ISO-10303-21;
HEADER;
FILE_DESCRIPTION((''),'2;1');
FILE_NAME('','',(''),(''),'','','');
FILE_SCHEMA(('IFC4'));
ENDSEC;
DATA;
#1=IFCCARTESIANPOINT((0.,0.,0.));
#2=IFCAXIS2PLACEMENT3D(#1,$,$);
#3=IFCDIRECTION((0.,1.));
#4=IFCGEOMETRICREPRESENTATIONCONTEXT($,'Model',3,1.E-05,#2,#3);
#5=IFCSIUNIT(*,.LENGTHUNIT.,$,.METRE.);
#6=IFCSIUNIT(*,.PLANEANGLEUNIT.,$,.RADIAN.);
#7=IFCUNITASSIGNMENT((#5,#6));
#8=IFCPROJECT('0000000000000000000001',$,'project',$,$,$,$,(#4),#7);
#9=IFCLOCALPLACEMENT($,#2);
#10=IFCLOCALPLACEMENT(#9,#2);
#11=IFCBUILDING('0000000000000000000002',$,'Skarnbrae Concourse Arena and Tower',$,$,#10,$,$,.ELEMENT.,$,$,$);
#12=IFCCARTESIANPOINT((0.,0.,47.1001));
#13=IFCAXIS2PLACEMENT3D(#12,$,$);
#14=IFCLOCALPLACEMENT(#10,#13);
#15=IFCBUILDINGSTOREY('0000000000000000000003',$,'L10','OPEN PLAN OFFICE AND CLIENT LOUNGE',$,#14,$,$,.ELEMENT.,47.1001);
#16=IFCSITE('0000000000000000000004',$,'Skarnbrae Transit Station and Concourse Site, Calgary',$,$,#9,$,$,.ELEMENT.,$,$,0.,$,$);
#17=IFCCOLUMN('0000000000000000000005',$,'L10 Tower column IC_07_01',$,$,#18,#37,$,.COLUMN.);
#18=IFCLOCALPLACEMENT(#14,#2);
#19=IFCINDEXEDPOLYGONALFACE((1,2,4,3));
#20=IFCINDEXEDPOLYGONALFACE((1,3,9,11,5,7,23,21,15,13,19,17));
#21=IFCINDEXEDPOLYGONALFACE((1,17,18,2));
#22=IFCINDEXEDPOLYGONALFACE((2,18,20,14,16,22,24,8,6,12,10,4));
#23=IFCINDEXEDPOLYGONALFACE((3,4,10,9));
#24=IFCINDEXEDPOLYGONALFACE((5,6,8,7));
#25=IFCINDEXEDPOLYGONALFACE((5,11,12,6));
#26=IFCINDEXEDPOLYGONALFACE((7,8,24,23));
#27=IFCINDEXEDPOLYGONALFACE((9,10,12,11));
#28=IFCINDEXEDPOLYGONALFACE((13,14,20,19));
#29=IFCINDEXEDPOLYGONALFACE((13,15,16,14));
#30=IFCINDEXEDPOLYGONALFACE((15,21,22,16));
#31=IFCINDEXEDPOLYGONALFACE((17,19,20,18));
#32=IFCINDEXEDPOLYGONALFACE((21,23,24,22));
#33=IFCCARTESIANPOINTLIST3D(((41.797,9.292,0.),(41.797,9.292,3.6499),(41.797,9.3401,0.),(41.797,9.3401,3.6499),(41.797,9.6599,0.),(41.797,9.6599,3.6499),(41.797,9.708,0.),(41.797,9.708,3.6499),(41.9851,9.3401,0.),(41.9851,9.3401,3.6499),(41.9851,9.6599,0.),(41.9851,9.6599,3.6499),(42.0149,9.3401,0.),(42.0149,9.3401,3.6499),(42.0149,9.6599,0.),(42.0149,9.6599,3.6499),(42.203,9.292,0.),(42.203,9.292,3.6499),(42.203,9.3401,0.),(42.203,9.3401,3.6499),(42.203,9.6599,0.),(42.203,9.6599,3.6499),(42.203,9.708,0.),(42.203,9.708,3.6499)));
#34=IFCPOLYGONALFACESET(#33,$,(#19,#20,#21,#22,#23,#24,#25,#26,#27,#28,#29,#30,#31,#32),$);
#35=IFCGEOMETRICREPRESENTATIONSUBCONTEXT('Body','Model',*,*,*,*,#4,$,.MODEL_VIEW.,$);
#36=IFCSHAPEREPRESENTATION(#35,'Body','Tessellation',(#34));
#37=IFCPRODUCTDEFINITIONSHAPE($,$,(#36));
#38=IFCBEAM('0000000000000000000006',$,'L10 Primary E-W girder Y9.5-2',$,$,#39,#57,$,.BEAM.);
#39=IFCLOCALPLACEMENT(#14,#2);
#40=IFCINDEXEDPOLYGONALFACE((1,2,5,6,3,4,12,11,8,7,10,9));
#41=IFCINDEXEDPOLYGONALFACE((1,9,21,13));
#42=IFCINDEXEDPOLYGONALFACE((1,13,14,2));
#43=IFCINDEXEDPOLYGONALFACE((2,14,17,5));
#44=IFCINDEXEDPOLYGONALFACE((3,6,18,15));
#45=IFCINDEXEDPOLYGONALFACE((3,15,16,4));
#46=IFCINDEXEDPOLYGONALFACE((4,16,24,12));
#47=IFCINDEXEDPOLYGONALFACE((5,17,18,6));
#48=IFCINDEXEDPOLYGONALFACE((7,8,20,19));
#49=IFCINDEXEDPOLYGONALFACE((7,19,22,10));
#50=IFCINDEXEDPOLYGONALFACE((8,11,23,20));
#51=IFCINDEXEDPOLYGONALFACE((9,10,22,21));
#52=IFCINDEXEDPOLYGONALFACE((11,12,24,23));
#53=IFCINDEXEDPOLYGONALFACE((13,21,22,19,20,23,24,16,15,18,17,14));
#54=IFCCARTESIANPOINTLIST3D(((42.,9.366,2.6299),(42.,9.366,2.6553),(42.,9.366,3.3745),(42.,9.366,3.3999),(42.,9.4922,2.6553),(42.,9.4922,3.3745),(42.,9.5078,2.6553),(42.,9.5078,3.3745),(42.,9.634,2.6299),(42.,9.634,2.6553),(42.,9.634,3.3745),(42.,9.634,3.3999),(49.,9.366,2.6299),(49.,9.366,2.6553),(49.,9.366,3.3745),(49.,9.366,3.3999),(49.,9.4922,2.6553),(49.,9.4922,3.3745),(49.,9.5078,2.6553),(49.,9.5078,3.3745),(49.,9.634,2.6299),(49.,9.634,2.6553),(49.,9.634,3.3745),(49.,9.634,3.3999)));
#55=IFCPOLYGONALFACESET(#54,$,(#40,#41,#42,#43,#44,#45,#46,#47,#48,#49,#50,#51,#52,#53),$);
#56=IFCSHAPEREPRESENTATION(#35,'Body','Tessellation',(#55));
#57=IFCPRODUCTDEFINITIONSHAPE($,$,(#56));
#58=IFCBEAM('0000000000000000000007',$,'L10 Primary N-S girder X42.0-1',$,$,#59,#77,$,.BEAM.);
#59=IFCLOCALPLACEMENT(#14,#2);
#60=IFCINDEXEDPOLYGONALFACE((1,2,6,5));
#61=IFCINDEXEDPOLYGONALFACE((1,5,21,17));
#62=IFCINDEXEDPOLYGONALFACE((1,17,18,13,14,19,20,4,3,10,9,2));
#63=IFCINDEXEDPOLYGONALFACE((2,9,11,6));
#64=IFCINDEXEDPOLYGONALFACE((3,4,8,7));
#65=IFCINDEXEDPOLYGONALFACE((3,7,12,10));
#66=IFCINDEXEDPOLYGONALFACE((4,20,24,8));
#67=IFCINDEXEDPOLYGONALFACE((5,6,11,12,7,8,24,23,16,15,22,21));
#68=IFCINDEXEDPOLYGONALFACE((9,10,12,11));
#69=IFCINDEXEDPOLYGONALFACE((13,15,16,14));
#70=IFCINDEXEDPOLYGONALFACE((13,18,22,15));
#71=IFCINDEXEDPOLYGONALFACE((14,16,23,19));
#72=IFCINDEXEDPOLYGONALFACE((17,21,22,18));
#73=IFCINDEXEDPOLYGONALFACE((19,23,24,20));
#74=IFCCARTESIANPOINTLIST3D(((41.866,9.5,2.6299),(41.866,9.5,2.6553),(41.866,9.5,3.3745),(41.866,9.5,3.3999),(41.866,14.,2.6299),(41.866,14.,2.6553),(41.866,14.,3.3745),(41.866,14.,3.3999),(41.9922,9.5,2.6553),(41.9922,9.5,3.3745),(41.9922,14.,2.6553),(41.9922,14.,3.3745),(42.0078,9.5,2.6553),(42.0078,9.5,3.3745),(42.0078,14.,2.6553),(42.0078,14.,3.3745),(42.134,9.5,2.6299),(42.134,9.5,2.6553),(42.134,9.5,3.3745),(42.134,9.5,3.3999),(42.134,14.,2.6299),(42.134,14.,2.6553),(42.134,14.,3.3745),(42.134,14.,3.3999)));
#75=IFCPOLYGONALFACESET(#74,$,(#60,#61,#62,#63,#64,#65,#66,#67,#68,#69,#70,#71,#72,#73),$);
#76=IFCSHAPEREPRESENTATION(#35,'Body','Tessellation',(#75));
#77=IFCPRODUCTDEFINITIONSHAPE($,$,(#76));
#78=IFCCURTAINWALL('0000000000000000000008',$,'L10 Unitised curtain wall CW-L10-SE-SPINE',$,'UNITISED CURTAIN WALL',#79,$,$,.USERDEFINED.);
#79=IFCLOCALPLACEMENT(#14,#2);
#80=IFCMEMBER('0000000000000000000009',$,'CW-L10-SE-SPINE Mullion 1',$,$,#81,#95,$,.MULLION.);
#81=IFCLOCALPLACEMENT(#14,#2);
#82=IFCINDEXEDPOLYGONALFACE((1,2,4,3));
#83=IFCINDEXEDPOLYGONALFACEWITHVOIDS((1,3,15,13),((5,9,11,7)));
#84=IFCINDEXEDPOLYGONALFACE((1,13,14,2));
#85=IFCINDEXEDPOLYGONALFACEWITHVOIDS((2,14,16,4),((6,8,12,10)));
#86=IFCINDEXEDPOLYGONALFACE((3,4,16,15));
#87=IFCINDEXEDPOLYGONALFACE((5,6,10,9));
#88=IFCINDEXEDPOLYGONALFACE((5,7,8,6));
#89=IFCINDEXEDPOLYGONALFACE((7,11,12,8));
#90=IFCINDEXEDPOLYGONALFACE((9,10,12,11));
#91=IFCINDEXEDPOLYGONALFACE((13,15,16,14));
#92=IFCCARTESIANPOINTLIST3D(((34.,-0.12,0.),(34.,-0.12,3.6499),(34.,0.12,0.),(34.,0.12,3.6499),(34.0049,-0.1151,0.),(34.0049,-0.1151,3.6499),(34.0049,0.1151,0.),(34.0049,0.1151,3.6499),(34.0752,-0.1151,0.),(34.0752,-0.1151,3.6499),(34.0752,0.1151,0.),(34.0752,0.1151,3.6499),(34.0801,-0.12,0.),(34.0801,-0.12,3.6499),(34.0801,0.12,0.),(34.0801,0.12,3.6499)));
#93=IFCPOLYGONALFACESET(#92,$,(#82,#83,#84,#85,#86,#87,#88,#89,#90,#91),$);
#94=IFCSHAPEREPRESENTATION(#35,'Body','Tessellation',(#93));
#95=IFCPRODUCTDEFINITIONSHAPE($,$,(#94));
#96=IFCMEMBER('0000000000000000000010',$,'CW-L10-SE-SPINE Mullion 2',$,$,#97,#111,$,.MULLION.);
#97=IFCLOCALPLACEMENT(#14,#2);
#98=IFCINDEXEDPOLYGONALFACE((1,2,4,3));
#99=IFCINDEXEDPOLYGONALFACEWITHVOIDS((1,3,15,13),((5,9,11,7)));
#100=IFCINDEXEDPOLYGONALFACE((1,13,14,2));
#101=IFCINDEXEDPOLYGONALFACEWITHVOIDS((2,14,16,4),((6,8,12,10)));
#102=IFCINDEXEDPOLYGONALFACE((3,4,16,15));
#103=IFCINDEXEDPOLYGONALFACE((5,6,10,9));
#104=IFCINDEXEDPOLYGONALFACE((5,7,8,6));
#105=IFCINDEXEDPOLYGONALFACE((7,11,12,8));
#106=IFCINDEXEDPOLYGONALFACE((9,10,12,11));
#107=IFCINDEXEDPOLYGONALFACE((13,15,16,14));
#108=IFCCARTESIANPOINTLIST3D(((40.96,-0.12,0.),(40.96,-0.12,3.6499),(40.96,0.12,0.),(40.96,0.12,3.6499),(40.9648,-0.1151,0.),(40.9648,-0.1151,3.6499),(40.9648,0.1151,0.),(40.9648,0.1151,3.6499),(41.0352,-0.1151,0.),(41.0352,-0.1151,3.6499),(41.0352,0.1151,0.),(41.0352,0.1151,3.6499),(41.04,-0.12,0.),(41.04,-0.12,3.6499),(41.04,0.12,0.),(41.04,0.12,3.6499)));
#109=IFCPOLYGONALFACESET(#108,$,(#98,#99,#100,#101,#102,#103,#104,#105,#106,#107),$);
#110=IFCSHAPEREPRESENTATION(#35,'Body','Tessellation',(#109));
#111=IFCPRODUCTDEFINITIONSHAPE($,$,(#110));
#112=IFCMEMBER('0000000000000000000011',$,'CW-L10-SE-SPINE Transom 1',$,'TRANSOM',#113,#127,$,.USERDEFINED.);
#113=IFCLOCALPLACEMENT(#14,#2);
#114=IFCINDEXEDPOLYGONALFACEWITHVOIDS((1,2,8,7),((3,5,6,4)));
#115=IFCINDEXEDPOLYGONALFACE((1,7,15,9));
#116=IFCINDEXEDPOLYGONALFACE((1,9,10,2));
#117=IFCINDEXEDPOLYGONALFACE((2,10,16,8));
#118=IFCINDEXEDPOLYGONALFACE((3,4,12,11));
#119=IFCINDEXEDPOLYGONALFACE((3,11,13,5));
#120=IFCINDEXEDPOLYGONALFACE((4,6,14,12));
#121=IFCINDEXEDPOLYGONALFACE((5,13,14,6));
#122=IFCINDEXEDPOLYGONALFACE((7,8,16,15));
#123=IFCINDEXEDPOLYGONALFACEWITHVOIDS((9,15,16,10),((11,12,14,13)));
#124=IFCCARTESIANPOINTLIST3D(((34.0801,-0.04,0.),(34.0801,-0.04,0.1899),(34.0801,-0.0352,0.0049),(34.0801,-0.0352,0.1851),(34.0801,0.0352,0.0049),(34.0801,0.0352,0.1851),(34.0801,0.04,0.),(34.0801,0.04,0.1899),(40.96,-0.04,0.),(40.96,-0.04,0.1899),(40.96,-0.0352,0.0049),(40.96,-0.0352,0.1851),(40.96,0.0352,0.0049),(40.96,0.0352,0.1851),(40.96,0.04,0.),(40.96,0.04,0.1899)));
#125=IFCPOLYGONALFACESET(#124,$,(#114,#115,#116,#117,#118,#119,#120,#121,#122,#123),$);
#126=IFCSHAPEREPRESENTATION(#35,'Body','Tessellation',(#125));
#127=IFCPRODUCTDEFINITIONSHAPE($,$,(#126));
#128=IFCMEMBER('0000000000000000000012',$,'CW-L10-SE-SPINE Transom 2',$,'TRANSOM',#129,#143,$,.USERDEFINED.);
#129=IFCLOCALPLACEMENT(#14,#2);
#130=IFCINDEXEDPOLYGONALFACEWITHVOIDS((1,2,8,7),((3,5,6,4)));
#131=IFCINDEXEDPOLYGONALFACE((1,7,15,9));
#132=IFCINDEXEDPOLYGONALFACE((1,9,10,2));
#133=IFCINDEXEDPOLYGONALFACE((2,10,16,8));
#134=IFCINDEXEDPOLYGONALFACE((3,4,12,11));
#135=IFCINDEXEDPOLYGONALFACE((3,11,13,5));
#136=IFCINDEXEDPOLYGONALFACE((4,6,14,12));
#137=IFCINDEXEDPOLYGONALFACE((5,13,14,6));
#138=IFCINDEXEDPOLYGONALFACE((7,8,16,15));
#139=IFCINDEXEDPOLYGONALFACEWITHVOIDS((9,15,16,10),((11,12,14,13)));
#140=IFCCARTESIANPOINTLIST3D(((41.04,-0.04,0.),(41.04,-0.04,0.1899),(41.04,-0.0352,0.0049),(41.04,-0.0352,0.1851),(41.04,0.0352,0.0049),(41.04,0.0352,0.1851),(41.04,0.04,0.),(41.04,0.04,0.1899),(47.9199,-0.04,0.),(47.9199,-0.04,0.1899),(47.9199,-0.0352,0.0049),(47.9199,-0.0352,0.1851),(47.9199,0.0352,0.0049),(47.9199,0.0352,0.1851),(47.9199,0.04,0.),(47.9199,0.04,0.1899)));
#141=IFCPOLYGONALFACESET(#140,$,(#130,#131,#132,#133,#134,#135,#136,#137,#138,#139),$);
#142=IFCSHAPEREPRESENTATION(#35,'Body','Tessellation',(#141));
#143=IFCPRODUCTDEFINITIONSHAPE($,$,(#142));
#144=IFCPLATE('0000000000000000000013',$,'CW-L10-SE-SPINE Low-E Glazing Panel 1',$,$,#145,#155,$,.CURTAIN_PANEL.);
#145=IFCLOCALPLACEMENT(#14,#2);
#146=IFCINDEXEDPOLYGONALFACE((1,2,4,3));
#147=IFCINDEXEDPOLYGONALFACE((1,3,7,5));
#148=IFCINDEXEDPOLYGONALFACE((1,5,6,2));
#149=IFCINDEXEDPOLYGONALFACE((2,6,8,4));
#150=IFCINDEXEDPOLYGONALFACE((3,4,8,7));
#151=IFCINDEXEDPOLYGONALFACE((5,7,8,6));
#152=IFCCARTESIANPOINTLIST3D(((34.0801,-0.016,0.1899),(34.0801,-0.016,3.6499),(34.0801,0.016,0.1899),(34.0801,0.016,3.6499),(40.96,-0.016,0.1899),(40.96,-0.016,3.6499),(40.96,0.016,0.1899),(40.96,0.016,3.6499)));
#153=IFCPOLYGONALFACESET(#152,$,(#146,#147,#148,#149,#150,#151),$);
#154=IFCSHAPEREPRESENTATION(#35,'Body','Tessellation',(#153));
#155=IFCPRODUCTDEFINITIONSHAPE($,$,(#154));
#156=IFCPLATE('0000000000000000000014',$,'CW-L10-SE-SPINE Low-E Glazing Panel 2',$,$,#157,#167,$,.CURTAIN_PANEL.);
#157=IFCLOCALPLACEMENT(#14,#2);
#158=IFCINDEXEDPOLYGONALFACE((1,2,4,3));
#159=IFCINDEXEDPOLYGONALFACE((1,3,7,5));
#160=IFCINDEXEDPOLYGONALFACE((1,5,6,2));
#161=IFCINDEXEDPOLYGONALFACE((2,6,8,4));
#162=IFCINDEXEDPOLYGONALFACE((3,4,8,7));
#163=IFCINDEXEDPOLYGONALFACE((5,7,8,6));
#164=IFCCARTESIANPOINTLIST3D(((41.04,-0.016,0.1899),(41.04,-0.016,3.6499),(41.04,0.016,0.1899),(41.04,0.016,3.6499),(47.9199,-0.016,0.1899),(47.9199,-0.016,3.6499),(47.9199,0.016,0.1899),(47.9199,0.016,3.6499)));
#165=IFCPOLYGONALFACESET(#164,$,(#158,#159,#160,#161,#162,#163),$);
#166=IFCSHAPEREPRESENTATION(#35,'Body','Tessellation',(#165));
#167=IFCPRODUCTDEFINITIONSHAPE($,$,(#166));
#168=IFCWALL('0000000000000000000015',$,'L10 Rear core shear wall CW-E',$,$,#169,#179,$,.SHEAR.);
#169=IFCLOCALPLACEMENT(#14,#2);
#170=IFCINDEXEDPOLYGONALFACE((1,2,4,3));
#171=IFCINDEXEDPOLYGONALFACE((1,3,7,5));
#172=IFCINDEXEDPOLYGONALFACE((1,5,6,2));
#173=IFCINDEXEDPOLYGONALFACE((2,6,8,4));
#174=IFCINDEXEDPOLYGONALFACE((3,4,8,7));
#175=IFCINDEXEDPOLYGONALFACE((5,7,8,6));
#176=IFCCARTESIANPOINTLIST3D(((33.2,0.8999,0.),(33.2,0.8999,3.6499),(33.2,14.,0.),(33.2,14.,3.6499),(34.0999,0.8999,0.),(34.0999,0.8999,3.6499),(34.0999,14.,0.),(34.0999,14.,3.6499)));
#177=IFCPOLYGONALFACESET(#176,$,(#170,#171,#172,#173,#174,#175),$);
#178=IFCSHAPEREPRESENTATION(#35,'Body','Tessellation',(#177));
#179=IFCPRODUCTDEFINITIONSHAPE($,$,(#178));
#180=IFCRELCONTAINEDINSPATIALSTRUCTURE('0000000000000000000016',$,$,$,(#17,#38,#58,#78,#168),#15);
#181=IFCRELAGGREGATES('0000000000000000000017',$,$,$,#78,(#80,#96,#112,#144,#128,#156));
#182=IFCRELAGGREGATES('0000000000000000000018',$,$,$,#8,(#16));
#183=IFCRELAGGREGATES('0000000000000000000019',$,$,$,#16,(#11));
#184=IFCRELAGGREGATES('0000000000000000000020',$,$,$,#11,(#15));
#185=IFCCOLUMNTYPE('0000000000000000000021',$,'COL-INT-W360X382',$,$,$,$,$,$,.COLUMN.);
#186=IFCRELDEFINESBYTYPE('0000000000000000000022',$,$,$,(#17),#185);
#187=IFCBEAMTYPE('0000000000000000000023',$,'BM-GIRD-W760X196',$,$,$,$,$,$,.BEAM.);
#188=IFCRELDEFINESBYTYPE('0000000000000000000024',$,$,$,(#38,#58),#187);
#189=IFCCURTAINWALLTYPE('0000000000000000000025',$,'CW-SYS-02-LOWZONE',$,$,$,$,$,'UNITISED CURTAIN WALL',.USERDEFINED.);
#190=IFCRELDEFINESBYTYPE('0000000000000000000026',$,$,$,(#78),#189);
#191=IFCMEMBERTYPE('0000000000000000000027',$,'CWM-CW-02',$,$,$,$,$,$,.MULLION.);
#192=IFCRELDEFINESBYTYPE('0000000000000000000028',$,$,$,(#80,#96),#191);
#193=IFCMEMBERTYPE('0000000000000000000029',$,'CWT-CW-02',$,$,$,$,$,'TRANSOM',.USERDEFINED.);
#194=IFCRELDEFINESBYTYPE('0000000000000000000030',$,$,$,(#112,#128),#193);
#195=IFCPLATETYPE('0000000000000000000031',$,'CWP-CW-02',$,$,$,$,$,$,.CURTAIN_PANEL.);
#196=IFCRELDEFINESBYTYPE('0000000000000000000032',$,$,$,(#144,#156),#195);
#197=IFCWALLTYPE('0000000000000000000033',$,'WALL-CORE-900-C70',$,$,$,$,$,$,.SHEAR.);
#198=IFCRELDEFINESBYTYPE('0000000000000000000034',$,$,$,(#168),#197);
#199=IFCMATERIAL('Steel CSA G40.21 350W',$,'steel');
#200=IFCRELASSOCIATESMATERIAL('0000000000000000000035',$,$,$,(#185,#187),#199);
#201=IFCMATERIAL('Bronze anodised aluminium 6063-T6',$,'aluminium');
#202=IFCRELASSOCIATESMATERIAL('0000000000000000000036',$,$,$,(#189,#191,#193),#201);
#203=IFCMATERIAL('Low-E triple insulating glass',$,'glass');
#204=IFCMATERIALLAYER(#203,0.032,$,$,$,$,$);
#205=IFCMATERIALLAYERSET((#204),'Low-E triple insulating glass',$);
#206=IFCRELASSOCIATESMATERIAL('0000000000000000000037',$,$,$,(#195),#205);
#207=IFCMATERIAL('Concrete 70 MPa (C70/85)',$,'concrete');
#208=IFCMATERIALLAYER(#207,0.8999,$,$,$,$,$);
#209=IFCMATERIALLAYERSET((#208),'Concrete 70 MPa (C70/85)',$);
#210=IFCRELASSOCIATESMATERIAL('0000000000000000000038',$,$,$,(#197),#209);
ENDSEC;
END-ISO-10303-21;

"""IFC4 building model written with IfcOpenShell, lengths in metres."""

from ifc_helpers import new_model, si_unit, direction, frame, frame_2d, origin, origin_2d, place, context, subcontext, project, spatial, rectangle, hollow_rectangle, i_section, extrude, source, transform, mapped, material, layer, layer_set, material_profile, profile_set, type_object, element, aggregate, save


model = new_model("IFC4")

# Units and contexts
model_context = context("Model", 3, precision=1e-05, world=origin(), true_north=direction((0.0, 1.0)))
body_context = subcontext(model_context, "Body", "Model", "MODEL_VIEW")
ifc_project = project(units=[si_unit("LENGTHUNIT", "METRE"), si_unit("PLANEANGLEUNIT", "RADIAN")], contexts=[model_context])

# Site, building, storey
site_placement = place(None, origin())
site = spatial("IfcSite", under=ifc_project, at=site_placement, Name="Skarnbrae Transit Station and Concourse Site, Calgary", CompositionType="ELEMENT", RefElevation=0.0)
building_placement = place(site_placement, origin())
building = spatial("IfcBuilding", under=site, at=building_placement, Name="Skarnbrae Concourse Arena and Tower", CompositionType="ELEMENT")
storey_placement = place(building_placement, frame((0.0, 0.0, 47.1001)))
storey = spatial("IfcBuildingStorey", under=building, at=storey_placement, Name="L10", Description="OPEN PLAN OFFICE AND CLIENT LOUNGE", CompositionType="ELEMENT", Elevation=47.1001)

# Column
ifc_material_1 = material(Name="Steel CSA G40.21 350W", Category="steel")
ifc_material_profile_1 = material_profile(ifc_material_1, i_section(OverallWidth=0.406, OverallDepth=0.416, WebThickness=0.0298, FlangeThickness=0.0481, at=origin_2d()), Name="W360X382")
ifc_profile_set_1 = profile_set([ifc_material_profile_1], Name="Steel CSA G40.21 350W")
column_type = type_object("IfcColumnType", Name="COL-INT-W360X382", PredefinedType="COLUMN", material=ifc_profile_set_1)
shared_shape_1 = source(origin(), body_context, "Body", "SweptSolid", [
    extrude(i_section(OverallWidth=0.406, OverallDepth=0.416, WebThickness=0.0298, FlangeThickness=0.0481, at=origin_2d()), origin(), (0.0, 0.0, 1.0), 3.6499),
])
column_placement = place(storey_placement, frame((42.0, 9.5, 0.0), z_axis=(0.0, 0.0, 1.0), x_axis=(1.0, 0.0, 0.0)))
element("IfcColumn", 1, at=column_placement, inside=storey, type_object=column_type, Name="L10 Tower column IC_07_01", PredefinedType="COLUMN", context=body_context, shape_type="MappedRepresentation", body=[
    mapped(shared_shape_1, transform((0.0, 0.0, 0.0))),
])

# Beams
ifc_material_profile_2 = material_profile(ifc_material_1, i_section(OverallWidth=0.2681, OverallDepth=0.77, WebThickness=0.0156, FlangeThickness=0.0254, at=origin_2d()), Name="W760X196")
ifc_profile_set_2 = profile_set([ifc_material_profile_2], Name="Steel CSA G40.21 350W")
beam_type = type_object("IfcBeamType", Name="BM-GIRD-W760X196", PredefinedType="BEAM", material=ifc_profile_set_2)
shared_shape_2 = source(origin(), body_context, "Body", "SweptSolid", [
    extrude(i_section(OverallWidth=0.2681, OverallDepth=0.77, WebThickness=0.0156, FlangeThickness=0.0254, at=origin_2d()), origin(), (0.0, 0.0, 1.0), 7.0),
])
beam_1_placement = place(storey_placement, frame((42.0, 9.5, 3.0149), z_axis=(1.0, 0.0, 0.0), x_axis=(0.0, 1.0, 0.0)))
element("IfcBeam", 2, at=beam_1_placement, inside=storey, type_object=beam_type, Name="L10 Primary E-W girder Y9.5-2", PredefinedType="BEAM", context=body_context, shape_type="MappedRepresentation", body=[
    mapped(shared_shape_2, transform((0.0, 0.0, 0.0))),
])
shared_shape_3 = source(origin(), body_context, "Body", "SweptSolid", [
    extrude(i_section(OverallWidth=0.2681, OverallDepth=0.77, WebThickness=0.0156, FlangeThickness=0.0254, at=origin_2d()), origin(), (0.0, 0.0, 1.0), 4.5),
])
beam_2_placement = place(storey_placement, frame((42.0, 9.5, 3.0149), z_axis=(0.0, 1.0, 0.0), x_axis=(-1.0, 0.0, 0.0)))
element("IfcBeam", 3, at=beam_2_placement, inside=storey, type_object=beam_type, Name="L10 Primary N-S girder X42.0-1", PredefinedType="BEAM", context=body_context, shape_type="MappedRepresentation", body=[
    mapped(shared_shape_3, transform((0.0, 0.0, 0.0))),
])

# Curtain wall, members, plates
ifc_material_2 = material(Name="Bronze anodised aluminium 6063-T6", Category="aluminium")
curtain_wall_type = type_object("IfcCurtainWallType", Name="CW-SYS-02-LOWZONE", ElementType="UNITISED CURTAIN WALL", PredefinedType="USERDEFINED", material=ifc_material_2)
curtain_wall_placement = place(storey_placement, origin())
curtain_wall = element("IfcCurtainWall", 4, at=curtain_wall_placement, inside=storey, type_object=curtain_wall_type, Name="L10 Unitised curtain wall CW-L10-SE-SPINE", ObjectType="UNITISED CURTAIN WALL", PredefinedType="USERDEFINED")
ifc_material_profile_3 = material_profile(ifc_material_2, hollow_rectangle(XDim=0.0801, YDim=0.24, WallThickness=0.0049, at=origin_2d()), Name="ALU-MULL-80X240")
ifc_profile_set_3 = profile_set([ifc_material_profile_3], Name="Bronze anodised aluminium 6063-T6")
member_type_1 = type_object("IfcMemberType", Name="CWM-CW-02", PredefinedType="MULLION", material=ifc_profile_set_3)
shared_shape_4 = source(origin(), body_context, "Body", "SweptSolid", [
    extrude(hollow_rectangle(XDim=0.0801, YDim=0.24, WallThickness=0.0049, at=origin_2d()), origin(), (0.0, 0.0, 1.0), 3.6499),
])
member_1_placement = place(storey_placement, frame((34.04, 0.0, 0.0), z_axis=(0.0, 0.0, 1.0), x_axis=(1.0, 0.0, 0.0)))
member_1 = element("IfcMember", 5, at=member_1_placement, type_object=member_type_1, Name="CW-L10-SE-SPINE Mullion 1", PredefinedType="MULLION", context=body_context, shape_type="MappedRepresentation", body=[
    mapped(shared_shape_4, transform((0.0, 0.0, 0.0))),
])
member_2_placement = place(storey_placement, frame((41.0, 0.0, 0.0), z_axis=(0.0, 0.0, 1.0), x_axis=(1.0, 0.0, 0.0)))
member_2 = element("IfcMember", 6, at=member_2_placement, type_object=member_type_1, Name="CW-L10-SE-SPINE Mullion 2", PredefinedType="MULLION", context=body_context, shape_type="MappedRepresentation", body=[
    mapped(shared_shape_4, transform((0.0, 0.0, 0.0))),
])
ifc_material_profile_4 = material_profile(ifc_material_2, hollow_rectangle(XDim=0.0801, YDim=0.1899, WallThickness=0.0049, at=origin_2d()), Name="ALU-TRAN-80X190")
ifc_profile_set_4 = profile_set([ifc_material_profile_4], Name="Bronze anodised aluminium 6063-T6")
member_type_2 = type_object("IfcMemberType", Name="CWT-CW-02", ElementType="TRANSOM", PredefinedType="USERDEFINED", material=ifc_profile_set_4)
shared_shape_5 = source(origin(), body_context, "Body", "SweptSolid", [
    extrude(hollow_rectangle(XDim=0.0801, YDim=0.1899, WallThickness=0.0049, at=origin_2d()), origin(), (0.0, 0.0, 1.0), 6.8799),
])
member_3_placement = place(storey_placement, frame((34.0801, 0.0, 0.095), z_axis=(1.0, 0.0, 0.0), x_axis=(0.0, 1.0, 0.0)))
member_3 = element("IfcMember", 7, at=member_3_placement, type_object=member_type_2, Name="CW-L10-SE-SPINE Transom 1", ObjectType="TRANSOM", PredefinedType="USERDEFINED", context=body_context, shape_type="MappedRepresentation", body=[
    mapped(shared_shape_5, transform((0.0, 0.0, 0.0))),
])
member_4_placement = place(storey_placement, frame((41.04, 0.0, 0.095), z_axis=(1.0, 0.0, 0.0), x_axis=(0.0, 1.0, 0.0)))
member_4 = element("IfcMember", 8, at=member_4_placement, type_object=member_type_2, Name="CW-L10-SE-SPINE Transom 2", ObjectType="TRANSOM", PredefinedType="USERDEFINED", context=body_context, shape_type="MappedRepresentation", body=[
    mapped(shared_shape_5, transform((0.0, 0.0, 0.0))),
])
ifc_material_3 = material(Name="Low-E triple insulating glass", Category="glass")
ifc_layer_1 = layer(ifc_material_3, 0.032)
ifc_layer_set_1 = layer_set([ifc_layer_1], Name="Low-E triple insulating glass")
plate_type = type_object("IfcPlateType", Name="CWP-CW-02", PredefinedType="CURTAIN_PANEL", material=ifc_layer_set_1)
shared_shape_6 = source(origin(), body_context, "Body", "SweptSolid", [
    extrude(rectangle(XDim=6.8799, YDim=0.032, at=origin_2d()), origin(), (0.0, 0.0, 1.0), 3.46),
])
plate_1_placement = place(storey_placement, frame((37.52, 0.0, 0.1899), z_axis=(0.0, 0.0, 1.0), x_axis=(1.0, 0.0, 0.0)))
plate_1 = element("IfcPlate", 9, at=plate_1_placement, type_object=plate_type, Name="CW-L10-SE-SPINE Low-E Glazing Panel 1", PredefinedType="CURTAIN_PANEL", context=body_context, shape_type="MappedRepresentation", body=[
    mapped(shared_shape_6, transform((0.0, 0.0, 0.0))),
])
plate_2_placement = place(storey_placement, frame((44.48, 0.0, 0.1899), z_axis=(0.0, 0.0, 1.0), x_axis=(1.0, 0.0, 0.0)))
plate_2 = element("IfcPlate", 10, at=plate_2_placement, type_object=plate_type, Name="CW-L10-SE-SPINE Low-E Glazing Panel 2", PredefinedType="CURTAIN_PANEL", context=body_context, shape_type="MappedRepresentation", body=[
    mapped(shared_shape_6, transform((0.0, 0.0, 0.0))),
])
aggregate(curtain_wall, [member_1, member_2, member_3, plate_1, member_4, plate_2])

# Wall
ifc_material_4 = material(Name="Concrete 70 MPa (C70/85)", Category="concrete")
ifc_layer_2 = layer(ifc_material_4, 0.8999)
ifc_layer_set_2 = layer_set([ifc_layer_2], Name="Concrete 70 MPa (C70/85)")
wall_type_1 = type_object("IfcWallType", Name="WALL-CORE-900-C70", PredefinedType="SHEAR", material=ifc_layer_set_2)
shared_shape_7 = source(origin(), body_context, "Body", "SweptSolid", [
    extrude(rectangle(XDim=13.1001, YDim=0.8999, at=frame_2d((6.55, 0.0))), origin(), (0.0, 0.0, 1.0), 3.6499),
])
wall_1_placement = place(storey_placement, frame((33.6499, 0.8999, 0.0), z_axis=(0.0, 0.0, 1.0), x_axis=(0.0, 1.0, 0.0)))
element("IfcWall", 11, at=wall_1_placement, inside=storey, type_object=wall_type_1, Name="L10 Rear core shear wall CW-E", PredefinedType="SHEAR", context=body_context, shape_type="MappedRepresentation", body=[
    mapped(shared_shape_7, transform((0.0, 0.0, 0.0))),
])

save(model, "model.ifc")
